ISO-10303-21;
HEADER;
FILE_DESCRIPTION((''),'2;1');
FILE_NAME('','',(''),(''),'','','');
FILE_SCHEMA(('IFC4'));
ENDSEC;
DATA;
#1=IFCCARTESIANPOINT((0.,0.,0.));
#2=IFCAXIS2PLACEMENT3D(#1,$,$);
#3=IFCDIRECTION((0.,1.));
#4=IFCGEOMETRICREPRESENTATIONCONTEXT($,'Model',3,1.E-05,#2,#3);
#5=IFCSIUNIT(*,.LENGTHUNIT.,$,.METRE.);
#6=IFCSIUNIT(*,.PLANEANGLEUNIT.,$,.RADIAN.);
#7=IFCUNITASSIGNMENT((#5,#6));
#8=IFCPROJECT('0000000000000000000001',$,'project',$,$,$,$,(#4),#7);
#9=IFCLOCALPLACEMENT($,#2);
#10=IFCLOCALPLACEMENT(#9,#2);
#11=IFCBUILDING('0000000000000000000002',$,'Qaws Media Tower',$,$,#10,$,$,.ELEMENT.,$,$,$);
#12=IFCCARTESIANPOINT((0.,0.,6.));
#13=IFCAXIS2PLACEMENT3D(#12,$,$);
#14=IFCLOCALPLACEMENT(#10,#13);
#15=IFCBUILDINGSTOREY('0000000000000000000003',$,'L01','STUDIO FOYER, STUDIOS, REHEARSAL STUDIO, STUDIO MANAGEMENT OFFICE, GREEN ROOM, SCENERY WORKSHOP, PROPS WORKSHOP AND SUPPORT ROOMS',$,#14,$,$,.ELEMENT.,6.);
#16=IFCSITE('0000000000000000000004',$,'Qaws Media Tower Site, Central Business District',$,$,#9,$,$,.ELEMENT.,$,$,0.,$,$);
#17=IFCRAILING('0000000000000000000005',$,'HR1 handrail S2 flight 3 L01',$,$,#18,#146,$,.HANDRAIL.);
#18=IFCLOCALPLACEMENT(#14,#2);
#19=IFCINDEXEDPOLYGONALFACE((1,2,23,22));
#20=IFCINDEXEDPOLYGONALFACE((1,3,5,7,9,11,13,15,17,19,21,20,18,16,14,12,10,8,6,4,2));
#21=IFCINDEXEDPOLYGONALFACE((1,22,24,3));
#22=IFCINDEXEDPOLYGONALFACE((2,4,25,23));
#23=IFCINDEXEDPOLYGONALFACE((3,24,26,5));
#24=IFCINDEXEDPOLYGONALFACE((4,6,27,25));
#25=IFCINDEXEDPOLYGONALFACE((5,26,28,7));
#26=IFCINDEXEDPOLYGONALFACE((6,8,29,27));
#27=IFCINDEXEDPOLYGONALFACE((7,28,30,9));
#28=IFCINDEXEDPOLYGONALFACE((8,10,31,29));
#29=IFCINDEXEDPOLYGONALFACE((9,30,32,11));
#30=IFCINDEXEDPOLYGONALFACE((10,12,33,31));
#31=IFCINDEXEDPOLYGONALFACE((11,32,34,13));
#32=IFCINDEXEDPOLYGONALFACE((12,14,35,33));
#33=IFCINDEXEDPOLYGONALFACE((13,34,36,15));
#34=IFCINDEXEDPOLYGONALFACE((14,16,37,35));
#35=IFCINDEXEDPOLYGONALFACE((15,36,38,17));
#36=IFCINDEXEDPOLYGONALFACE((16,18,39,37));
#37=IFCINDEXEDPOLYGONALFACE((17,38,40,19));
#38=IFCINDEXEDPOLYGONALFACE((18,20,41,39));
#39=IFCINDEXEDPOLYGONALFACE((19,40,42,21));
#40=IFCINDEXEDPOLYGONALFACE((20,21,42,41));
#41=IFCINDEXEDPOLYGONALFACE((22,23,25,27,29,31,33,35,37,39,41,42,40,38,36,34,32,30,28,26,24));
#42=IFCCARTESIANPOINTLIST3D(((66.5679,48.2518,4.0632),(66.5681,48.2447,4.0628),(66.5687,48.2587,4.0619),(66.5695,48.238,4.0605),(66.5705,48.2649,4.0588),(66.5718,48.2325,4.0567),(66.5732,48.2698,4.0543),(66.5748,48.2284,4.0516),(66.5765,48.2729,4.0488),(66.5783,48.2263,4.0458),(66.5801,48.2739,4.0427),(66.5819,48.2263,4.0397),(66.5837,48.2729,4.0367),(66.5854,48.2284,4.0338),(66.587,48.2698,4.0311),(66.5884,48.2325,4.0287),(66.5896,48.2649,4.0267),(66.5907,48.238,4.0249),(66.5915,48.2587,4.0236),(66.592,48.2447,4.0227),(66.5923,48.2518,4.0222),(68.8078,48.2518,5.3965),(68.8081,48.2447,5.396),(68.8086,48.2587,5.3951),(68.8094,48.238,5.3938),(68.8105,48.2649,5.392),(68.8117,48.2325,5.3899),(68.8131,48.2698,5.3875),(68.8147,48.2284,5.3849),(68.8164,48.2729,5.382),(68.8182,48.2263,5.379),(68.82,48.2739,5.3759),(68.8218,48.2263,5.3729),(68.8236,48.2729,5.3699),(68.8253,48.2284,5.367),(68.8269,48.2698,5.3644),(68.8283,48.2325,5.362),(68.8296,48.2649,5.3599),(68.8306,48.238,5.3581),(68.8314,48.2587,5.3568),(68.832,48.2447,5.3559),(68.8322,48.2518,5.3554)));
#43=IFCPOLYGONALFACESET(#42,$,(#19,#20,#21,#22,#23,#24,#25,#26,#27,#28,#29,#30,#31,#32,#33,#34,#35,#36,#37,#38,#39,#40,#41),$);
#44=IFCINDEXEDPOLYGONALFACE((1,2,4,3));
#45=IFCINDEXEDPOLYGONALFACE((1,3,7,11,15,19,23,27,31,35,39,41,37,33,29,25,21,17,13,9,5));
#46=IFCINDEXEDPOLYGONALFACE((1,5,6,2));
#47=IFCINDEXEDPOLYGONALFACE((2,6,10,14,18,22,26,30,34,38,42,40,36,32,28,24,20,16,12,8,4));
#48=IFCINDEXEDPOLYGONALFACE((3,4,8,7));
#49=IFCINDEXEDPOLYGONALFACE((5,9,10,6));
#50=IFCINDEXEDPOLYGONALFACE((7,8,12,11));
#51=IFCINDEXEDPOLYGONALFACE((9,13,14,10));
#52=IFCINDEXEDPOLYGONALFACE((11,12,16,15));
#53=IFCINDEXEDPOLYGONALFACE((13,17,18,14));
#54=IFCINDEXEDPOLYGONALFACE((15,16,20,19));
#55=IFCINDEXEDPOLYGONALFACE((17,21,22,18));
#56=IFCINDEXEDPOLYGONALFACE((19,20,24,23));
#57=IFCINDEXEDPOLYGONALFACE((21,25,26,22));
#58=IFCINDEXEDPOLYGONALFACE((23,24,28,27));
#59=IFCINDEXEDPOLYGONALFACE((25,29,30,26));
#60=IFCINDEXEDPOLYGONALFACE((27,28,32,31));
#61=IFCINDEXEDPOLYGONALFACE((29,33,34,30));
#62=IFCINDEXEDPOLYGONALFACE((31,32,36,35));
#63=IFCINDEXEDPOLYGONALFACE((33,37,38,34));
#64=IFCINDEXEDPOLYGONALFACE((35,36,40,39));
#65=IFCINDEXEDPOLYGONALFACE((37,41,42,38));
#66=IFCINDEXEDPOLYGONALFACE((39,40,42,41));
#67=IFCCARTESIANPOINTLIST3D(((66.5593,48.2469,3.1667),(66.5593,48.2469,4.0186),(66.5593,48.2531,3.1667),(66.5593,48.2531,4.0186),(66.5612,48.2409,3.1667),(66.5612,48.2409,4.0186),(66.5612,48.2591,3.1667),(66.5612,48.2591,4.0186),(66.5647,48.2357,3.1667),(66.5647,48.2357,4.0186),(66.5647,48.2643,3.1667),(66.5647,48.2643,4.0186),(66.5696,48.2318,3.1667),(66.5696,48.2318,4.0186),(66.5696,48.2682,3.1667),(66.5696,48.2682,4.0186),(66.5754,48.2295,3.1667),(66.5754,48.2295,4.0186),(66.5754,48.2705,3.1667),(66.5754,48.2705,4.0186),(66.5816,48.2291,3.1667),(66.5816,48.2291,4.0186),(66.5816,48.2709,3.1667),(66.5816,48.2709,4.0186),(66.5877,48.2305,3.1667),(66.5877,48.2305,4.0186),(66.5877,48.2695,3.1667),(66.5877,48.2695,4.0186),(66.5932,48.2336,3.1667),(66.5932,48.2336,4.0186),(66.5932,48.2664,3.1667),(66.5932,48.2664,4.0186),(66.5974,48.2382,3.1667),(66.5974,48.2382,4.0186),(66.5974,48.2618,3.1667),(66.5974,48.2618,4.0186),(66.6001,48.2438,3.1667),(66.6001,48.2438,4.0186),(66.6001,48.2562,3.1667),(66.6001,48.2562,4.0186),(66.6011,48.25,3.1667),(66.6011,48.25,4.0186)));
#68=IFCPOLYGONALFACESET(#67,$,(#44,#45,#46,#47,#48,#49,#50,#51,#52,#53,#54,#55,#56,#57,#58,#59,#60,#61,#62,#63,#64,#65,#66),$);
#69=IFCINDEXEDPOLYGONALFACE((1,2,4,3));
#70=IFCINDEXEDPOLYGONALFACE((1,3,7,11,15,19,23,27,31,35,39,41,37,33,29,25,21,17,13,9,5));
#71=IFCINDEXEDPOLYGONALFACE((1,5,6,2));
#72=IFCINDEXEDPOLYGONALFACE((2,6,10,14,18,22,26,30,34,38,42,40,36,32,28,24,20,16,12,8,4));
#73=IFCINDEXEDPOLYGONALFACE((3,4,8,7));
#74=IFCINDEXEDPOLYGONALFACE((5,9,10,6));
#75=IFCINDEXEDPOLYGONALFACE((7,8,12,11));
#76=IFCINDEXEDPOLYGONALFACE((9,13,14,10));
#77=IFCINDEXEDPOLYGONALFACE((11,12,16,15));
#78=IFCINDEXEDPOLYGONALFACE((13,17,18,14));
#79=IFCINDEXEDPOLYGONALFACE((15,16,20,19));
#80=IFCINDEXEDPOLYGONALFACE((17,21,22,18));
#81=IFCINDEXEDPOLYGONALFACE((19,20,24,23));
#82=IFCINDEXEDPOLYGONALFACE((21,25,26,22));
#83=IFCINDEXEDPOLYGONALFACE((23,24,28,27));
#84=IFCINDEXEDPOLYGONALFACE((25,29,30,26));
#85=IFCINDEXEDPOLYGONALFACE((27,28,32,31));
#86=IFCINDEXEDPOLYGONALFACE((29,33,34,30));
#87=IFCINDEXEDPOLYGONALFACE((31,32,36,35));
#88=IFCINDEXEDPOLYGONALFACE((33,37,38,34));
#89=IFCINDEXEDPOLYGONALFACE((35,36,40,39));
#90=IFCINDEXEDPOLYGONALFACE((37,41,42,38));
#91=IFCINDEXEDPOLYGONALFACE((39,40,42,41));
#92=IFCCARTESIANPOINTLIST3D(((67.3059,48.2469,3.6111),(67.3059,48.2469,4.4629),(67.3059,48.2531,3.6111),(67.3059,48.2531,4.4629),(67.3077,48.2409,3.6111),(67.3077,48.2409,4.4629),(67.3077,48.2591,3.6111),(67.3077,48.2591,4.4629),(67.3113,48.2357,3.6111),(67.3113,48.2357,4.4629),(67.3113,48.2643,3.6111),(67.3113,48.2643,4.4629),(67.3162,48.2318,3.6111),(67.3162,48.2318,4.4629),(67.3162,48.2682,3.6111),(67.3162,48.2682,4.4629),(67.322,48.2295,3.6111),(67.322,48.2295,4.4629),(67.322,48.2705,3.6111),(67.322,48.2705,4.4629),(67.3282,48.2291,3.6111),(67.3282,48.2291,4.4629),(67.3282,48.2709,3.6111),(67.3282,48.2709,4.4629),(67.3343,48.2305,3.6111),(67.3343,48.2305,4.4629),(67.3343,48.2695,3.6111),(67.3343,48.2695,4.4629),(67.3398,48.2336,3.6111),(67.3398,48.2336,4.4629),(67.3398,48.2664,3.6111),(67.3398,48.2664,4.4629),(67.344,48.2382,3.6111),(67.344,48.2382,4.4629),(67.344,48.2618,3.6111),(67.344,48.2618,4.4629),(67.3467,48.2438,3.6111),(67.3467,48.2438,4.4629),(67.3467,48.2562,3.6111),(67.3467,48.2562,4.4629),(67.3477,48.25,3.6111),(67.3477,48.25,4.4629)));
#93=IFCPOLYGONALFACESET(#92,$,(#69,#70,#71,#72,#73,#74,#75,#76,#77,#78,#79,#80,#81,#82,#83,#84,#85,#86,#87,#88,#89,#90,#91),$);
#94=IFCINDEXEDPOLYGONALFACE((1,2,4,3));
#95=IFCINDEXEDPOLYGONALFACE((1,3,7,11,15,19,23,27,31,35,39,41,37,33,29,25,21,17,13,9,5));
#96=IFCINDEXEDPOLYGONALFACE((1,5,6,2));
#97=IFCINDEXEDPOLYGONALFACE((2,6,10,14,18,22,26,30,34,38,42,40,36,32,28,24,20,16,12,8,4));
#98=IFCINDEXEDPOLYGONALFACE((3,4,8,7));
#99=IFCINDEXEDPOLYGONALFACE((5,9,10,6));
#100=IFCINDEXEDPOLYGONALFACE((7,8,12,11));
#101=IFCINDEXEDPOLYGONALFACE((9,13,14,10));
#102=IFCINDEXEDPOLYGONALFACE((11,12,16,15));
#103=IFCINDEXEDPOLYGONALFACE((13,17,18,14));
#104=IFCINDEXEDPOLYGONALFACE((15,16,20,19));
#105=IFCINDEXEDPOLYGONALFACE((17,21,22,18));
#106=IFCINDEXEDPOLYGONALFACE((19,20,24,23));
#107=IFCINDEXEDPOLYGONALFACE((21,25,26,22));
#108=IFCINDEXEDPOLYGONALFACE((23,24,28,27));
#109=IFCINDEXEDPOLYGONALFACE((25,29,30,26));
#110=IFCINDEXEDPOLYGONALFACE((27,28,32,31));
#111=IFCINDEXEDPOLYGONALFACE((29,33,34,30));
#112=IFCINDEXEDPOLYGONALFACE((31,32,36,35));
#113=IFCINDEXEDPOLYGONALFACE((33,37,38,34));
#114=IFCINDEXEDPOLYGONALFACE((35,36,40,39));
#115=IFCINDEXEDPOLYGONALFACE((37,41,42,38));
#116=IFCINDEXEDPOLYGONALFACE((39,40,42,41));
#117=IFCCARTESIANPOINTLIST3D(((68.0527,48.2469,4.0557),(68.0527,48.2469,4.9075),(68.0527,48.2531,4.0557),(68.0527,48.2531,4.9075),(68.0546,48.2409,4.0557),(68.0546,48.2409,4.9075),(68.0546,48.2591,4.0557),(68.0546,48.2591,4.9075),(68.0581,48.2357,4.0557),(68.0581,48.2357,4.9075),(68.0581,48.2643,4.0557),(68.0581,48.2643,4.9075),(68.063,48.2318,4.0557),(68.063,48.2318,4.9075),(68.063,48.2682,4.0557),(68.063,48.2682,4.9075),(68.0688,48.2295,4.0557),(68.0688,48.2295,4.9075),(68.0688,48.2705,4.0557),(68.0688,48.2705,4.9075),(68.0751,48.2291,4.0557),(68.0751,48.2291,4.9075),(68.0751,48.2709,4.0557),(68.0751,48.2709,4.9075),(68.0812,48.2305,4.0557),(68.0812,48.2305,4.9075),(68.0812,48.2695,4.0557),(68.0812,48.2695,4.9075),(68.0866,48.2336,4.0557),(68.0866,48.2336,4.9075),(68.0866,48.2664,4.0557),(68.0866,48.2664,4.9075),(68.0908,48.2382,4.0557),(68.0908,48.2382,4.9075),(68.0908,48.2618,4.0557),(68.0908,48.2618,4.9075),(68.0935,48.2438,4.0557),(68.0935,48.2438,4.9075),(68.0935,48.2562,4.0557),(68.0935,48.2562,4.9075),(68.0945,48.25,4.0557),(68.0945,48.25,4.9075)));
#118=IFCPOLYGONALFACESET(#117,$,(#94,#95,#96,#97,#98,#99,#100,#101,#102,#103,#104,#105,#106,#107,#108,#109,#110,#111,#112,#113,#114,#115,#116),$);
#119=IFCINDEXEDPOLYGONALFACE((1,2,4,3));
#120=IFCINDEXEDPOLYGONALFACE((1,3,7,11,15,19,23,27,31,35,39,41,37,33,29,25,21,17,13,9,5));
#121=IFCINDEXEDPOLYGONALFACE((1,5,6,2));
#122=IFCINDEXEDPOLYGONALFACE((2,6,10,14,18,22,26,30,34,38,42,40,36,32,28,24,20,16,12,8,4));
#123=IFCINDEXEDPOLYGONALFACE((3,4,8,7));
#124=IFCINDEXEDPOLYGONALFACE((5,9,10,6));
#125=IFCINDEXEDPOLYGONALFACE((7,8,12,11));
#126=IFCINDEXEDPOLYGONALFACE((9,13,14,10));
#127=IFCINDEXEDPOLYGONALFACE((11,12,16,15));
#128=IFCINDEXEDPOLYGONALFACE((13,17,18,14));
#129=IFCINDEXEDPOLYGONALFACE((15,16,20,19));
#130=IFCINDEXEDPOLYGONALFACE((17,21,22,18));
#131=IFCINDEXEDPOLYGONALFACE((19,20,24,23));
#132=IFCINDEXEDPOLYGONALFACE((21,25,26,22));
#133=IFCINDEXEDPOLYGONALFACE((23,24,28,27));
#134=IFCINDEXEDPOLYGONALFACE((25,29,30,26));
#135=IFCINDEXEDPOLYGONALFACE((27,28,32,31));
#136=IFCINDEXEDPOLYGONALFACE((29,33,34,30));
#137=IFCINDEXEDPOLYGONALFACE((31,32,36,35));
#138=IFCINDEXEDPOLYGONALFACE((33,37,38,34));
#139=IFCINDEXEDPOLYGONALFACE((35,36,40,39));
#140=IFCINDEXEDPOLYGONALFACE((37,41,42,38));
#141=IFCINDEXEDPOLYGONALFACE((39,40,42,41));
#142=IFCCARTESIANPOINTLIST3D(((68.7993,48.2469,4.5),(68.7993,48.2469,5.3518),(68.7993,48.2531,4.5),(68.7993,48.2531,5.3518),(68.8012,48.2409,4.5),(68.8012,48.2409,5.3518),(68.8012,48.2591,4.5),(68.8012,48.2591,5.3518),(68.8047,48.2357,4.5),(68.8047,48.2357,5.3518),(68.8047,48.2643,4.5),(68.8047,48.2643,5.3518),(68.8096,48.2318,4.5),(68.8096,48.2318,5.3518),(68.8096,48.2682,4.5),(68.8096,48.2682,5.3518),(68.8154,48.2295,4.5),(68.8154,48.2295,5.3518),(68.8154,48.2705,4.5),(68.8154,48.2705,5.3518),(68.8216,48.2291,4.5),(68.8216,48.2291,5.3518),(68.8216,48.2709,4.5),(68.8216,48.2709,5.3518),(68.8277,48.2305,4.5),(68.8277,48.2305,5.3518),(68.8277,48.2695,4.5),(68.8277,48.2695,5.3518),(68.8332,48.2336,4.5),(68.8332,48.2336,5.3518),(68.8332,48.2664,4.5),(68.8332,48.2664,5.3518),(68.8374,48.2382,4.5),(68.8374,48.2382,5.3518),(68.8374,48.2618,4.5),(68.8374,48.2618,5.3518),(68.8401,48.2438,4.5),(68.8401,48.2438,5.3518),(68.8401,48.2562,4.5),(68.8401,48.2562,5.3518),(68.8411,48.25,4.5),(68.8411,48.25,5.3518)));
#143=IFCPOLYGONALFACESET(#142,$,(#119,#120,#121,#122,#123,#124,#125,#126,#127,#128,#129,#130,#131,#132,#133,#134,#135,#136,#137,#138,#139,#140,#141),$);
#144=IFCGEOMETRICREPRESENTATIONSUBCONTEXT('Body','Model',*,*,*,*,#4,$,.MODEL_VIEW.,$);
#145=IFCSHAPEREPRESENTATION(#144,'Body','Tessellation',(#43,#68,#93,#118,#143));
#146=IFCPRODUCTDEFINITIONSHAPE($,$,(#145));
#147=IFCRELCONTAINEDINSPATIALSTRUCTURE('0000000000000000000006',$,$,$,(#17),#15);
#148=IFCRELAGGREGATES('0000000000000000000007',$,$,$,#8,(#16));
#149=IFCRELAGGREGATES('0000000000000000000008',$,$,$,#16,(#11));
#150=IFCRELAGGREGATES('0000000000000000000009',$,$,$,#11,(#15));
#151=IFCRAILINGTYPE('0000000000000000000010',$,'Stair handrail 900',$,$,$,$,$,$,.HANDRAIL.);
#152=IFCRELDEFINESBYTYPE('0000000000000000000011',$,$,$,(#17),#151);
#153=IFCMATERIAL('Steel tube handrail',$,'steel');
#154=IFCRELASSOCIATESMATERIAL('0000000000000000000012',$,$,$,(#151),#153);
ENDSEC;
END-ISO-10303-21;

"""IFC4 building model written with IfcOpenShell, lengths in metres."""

from ifc_helpers import new_model, si_unit, direction, frame, origin, origin_2d, place, context, subcontext, project, spatial, circle, extrude, material, type_object, element, save


model = new_model("IFC4")

# Units and contexts
model_context = context("Model", 3, precision=1e-05, world=origin(), true_north=direction((0.0, 1.0)))
body_context = subcontext(model_context, "Body", "Model", "MODEL_VIEW")
ifc_project = project(units=[si_unit("LENGTHUNIT", "METRE"), si_unit("PLANEANGLEUNIT", "RADIAN")], contexts=[model_context])

# Site, building, storey
site_placement = place(None, origin())
site = spatial("IfcSite", under=ifc_project, at=site_placement, Name="Qaws Media Tower Site, Central Business District", CompositionType="ELEMENT", RefElevation=0.0)
building_placement = place(site_placement, origin())
building = spatial("IfcBuilding", under=site, at=building_placement, Name="Qaws Media Tower", CompositionType="ELEMENT")
storey_placement = place(building_placement, frame((0.0, 0.0, 6.0)))
storey = spatial("IfcBuildingStorey", under=building, at=storey_placement, Name="L01", Description="STUDIO FOYER, STUDIOS, REHEARSAL STUDIO, STUDIO MANAGEMENT OFFICE, GREEN ROOM, SCENERY WORKSHOP, PROPS WORKSHOP AND SUPPORT ROOMS", CompositionType="ELEMENT", Elevation=6.0)

# Railing
ifc_material_1 = material(Name="Steel tube handrail", Category="steel")
railing_type = type_object("IfcRailingType", Name="Stair handrail 900", PredefinedType="HANDRAIL", material=ifc_material_1)
railing_1_placement = place(storey_placement, frame((66.5801, 48.25, 3.1667)))
element("IfcRailing", 1, at=railing_1_placement, inside=storey, type_object=railing_type, Name="HR1 handrail S2 flight 3 L01", PredefinedType="HANDRAIL", context=body_context, shape_type="SweptSolid", body=[
    extrude(circle(Radius=0.0239, at=origin_2d()), frame((0.0, 0.0, 0.876), z_axis=(0.859306, 0.0, 0.511462), x_axis=(0.0, 1.0, 0.0)), (0.0, 0.0, 1.0), 2.6067),
    extrude(circle(Radius=0.021, at=origin_2d()), origin(), (0.0, 0.0, 1.0), 0.8518),
    extrude(circle(Radius=0.021, at=origin_2d()), frame((0.7466, 0.0, 0.4443)), (0.0, 0.0, 1.0), 0.8518),
    extrude(circle(Radius=0.021, at=origin_2d()), frame((1.4934, 0.0, 0.8889)), (0.0, 0.0, 1.0), 0.8518),
    extrude(circle(Radius=0.021, at=origin_2d()), frame((2.24, 0.0, 1.3333)), (0.0, 0.0, 1.0), 0.8518),
])

save(model, "model.ifc")
